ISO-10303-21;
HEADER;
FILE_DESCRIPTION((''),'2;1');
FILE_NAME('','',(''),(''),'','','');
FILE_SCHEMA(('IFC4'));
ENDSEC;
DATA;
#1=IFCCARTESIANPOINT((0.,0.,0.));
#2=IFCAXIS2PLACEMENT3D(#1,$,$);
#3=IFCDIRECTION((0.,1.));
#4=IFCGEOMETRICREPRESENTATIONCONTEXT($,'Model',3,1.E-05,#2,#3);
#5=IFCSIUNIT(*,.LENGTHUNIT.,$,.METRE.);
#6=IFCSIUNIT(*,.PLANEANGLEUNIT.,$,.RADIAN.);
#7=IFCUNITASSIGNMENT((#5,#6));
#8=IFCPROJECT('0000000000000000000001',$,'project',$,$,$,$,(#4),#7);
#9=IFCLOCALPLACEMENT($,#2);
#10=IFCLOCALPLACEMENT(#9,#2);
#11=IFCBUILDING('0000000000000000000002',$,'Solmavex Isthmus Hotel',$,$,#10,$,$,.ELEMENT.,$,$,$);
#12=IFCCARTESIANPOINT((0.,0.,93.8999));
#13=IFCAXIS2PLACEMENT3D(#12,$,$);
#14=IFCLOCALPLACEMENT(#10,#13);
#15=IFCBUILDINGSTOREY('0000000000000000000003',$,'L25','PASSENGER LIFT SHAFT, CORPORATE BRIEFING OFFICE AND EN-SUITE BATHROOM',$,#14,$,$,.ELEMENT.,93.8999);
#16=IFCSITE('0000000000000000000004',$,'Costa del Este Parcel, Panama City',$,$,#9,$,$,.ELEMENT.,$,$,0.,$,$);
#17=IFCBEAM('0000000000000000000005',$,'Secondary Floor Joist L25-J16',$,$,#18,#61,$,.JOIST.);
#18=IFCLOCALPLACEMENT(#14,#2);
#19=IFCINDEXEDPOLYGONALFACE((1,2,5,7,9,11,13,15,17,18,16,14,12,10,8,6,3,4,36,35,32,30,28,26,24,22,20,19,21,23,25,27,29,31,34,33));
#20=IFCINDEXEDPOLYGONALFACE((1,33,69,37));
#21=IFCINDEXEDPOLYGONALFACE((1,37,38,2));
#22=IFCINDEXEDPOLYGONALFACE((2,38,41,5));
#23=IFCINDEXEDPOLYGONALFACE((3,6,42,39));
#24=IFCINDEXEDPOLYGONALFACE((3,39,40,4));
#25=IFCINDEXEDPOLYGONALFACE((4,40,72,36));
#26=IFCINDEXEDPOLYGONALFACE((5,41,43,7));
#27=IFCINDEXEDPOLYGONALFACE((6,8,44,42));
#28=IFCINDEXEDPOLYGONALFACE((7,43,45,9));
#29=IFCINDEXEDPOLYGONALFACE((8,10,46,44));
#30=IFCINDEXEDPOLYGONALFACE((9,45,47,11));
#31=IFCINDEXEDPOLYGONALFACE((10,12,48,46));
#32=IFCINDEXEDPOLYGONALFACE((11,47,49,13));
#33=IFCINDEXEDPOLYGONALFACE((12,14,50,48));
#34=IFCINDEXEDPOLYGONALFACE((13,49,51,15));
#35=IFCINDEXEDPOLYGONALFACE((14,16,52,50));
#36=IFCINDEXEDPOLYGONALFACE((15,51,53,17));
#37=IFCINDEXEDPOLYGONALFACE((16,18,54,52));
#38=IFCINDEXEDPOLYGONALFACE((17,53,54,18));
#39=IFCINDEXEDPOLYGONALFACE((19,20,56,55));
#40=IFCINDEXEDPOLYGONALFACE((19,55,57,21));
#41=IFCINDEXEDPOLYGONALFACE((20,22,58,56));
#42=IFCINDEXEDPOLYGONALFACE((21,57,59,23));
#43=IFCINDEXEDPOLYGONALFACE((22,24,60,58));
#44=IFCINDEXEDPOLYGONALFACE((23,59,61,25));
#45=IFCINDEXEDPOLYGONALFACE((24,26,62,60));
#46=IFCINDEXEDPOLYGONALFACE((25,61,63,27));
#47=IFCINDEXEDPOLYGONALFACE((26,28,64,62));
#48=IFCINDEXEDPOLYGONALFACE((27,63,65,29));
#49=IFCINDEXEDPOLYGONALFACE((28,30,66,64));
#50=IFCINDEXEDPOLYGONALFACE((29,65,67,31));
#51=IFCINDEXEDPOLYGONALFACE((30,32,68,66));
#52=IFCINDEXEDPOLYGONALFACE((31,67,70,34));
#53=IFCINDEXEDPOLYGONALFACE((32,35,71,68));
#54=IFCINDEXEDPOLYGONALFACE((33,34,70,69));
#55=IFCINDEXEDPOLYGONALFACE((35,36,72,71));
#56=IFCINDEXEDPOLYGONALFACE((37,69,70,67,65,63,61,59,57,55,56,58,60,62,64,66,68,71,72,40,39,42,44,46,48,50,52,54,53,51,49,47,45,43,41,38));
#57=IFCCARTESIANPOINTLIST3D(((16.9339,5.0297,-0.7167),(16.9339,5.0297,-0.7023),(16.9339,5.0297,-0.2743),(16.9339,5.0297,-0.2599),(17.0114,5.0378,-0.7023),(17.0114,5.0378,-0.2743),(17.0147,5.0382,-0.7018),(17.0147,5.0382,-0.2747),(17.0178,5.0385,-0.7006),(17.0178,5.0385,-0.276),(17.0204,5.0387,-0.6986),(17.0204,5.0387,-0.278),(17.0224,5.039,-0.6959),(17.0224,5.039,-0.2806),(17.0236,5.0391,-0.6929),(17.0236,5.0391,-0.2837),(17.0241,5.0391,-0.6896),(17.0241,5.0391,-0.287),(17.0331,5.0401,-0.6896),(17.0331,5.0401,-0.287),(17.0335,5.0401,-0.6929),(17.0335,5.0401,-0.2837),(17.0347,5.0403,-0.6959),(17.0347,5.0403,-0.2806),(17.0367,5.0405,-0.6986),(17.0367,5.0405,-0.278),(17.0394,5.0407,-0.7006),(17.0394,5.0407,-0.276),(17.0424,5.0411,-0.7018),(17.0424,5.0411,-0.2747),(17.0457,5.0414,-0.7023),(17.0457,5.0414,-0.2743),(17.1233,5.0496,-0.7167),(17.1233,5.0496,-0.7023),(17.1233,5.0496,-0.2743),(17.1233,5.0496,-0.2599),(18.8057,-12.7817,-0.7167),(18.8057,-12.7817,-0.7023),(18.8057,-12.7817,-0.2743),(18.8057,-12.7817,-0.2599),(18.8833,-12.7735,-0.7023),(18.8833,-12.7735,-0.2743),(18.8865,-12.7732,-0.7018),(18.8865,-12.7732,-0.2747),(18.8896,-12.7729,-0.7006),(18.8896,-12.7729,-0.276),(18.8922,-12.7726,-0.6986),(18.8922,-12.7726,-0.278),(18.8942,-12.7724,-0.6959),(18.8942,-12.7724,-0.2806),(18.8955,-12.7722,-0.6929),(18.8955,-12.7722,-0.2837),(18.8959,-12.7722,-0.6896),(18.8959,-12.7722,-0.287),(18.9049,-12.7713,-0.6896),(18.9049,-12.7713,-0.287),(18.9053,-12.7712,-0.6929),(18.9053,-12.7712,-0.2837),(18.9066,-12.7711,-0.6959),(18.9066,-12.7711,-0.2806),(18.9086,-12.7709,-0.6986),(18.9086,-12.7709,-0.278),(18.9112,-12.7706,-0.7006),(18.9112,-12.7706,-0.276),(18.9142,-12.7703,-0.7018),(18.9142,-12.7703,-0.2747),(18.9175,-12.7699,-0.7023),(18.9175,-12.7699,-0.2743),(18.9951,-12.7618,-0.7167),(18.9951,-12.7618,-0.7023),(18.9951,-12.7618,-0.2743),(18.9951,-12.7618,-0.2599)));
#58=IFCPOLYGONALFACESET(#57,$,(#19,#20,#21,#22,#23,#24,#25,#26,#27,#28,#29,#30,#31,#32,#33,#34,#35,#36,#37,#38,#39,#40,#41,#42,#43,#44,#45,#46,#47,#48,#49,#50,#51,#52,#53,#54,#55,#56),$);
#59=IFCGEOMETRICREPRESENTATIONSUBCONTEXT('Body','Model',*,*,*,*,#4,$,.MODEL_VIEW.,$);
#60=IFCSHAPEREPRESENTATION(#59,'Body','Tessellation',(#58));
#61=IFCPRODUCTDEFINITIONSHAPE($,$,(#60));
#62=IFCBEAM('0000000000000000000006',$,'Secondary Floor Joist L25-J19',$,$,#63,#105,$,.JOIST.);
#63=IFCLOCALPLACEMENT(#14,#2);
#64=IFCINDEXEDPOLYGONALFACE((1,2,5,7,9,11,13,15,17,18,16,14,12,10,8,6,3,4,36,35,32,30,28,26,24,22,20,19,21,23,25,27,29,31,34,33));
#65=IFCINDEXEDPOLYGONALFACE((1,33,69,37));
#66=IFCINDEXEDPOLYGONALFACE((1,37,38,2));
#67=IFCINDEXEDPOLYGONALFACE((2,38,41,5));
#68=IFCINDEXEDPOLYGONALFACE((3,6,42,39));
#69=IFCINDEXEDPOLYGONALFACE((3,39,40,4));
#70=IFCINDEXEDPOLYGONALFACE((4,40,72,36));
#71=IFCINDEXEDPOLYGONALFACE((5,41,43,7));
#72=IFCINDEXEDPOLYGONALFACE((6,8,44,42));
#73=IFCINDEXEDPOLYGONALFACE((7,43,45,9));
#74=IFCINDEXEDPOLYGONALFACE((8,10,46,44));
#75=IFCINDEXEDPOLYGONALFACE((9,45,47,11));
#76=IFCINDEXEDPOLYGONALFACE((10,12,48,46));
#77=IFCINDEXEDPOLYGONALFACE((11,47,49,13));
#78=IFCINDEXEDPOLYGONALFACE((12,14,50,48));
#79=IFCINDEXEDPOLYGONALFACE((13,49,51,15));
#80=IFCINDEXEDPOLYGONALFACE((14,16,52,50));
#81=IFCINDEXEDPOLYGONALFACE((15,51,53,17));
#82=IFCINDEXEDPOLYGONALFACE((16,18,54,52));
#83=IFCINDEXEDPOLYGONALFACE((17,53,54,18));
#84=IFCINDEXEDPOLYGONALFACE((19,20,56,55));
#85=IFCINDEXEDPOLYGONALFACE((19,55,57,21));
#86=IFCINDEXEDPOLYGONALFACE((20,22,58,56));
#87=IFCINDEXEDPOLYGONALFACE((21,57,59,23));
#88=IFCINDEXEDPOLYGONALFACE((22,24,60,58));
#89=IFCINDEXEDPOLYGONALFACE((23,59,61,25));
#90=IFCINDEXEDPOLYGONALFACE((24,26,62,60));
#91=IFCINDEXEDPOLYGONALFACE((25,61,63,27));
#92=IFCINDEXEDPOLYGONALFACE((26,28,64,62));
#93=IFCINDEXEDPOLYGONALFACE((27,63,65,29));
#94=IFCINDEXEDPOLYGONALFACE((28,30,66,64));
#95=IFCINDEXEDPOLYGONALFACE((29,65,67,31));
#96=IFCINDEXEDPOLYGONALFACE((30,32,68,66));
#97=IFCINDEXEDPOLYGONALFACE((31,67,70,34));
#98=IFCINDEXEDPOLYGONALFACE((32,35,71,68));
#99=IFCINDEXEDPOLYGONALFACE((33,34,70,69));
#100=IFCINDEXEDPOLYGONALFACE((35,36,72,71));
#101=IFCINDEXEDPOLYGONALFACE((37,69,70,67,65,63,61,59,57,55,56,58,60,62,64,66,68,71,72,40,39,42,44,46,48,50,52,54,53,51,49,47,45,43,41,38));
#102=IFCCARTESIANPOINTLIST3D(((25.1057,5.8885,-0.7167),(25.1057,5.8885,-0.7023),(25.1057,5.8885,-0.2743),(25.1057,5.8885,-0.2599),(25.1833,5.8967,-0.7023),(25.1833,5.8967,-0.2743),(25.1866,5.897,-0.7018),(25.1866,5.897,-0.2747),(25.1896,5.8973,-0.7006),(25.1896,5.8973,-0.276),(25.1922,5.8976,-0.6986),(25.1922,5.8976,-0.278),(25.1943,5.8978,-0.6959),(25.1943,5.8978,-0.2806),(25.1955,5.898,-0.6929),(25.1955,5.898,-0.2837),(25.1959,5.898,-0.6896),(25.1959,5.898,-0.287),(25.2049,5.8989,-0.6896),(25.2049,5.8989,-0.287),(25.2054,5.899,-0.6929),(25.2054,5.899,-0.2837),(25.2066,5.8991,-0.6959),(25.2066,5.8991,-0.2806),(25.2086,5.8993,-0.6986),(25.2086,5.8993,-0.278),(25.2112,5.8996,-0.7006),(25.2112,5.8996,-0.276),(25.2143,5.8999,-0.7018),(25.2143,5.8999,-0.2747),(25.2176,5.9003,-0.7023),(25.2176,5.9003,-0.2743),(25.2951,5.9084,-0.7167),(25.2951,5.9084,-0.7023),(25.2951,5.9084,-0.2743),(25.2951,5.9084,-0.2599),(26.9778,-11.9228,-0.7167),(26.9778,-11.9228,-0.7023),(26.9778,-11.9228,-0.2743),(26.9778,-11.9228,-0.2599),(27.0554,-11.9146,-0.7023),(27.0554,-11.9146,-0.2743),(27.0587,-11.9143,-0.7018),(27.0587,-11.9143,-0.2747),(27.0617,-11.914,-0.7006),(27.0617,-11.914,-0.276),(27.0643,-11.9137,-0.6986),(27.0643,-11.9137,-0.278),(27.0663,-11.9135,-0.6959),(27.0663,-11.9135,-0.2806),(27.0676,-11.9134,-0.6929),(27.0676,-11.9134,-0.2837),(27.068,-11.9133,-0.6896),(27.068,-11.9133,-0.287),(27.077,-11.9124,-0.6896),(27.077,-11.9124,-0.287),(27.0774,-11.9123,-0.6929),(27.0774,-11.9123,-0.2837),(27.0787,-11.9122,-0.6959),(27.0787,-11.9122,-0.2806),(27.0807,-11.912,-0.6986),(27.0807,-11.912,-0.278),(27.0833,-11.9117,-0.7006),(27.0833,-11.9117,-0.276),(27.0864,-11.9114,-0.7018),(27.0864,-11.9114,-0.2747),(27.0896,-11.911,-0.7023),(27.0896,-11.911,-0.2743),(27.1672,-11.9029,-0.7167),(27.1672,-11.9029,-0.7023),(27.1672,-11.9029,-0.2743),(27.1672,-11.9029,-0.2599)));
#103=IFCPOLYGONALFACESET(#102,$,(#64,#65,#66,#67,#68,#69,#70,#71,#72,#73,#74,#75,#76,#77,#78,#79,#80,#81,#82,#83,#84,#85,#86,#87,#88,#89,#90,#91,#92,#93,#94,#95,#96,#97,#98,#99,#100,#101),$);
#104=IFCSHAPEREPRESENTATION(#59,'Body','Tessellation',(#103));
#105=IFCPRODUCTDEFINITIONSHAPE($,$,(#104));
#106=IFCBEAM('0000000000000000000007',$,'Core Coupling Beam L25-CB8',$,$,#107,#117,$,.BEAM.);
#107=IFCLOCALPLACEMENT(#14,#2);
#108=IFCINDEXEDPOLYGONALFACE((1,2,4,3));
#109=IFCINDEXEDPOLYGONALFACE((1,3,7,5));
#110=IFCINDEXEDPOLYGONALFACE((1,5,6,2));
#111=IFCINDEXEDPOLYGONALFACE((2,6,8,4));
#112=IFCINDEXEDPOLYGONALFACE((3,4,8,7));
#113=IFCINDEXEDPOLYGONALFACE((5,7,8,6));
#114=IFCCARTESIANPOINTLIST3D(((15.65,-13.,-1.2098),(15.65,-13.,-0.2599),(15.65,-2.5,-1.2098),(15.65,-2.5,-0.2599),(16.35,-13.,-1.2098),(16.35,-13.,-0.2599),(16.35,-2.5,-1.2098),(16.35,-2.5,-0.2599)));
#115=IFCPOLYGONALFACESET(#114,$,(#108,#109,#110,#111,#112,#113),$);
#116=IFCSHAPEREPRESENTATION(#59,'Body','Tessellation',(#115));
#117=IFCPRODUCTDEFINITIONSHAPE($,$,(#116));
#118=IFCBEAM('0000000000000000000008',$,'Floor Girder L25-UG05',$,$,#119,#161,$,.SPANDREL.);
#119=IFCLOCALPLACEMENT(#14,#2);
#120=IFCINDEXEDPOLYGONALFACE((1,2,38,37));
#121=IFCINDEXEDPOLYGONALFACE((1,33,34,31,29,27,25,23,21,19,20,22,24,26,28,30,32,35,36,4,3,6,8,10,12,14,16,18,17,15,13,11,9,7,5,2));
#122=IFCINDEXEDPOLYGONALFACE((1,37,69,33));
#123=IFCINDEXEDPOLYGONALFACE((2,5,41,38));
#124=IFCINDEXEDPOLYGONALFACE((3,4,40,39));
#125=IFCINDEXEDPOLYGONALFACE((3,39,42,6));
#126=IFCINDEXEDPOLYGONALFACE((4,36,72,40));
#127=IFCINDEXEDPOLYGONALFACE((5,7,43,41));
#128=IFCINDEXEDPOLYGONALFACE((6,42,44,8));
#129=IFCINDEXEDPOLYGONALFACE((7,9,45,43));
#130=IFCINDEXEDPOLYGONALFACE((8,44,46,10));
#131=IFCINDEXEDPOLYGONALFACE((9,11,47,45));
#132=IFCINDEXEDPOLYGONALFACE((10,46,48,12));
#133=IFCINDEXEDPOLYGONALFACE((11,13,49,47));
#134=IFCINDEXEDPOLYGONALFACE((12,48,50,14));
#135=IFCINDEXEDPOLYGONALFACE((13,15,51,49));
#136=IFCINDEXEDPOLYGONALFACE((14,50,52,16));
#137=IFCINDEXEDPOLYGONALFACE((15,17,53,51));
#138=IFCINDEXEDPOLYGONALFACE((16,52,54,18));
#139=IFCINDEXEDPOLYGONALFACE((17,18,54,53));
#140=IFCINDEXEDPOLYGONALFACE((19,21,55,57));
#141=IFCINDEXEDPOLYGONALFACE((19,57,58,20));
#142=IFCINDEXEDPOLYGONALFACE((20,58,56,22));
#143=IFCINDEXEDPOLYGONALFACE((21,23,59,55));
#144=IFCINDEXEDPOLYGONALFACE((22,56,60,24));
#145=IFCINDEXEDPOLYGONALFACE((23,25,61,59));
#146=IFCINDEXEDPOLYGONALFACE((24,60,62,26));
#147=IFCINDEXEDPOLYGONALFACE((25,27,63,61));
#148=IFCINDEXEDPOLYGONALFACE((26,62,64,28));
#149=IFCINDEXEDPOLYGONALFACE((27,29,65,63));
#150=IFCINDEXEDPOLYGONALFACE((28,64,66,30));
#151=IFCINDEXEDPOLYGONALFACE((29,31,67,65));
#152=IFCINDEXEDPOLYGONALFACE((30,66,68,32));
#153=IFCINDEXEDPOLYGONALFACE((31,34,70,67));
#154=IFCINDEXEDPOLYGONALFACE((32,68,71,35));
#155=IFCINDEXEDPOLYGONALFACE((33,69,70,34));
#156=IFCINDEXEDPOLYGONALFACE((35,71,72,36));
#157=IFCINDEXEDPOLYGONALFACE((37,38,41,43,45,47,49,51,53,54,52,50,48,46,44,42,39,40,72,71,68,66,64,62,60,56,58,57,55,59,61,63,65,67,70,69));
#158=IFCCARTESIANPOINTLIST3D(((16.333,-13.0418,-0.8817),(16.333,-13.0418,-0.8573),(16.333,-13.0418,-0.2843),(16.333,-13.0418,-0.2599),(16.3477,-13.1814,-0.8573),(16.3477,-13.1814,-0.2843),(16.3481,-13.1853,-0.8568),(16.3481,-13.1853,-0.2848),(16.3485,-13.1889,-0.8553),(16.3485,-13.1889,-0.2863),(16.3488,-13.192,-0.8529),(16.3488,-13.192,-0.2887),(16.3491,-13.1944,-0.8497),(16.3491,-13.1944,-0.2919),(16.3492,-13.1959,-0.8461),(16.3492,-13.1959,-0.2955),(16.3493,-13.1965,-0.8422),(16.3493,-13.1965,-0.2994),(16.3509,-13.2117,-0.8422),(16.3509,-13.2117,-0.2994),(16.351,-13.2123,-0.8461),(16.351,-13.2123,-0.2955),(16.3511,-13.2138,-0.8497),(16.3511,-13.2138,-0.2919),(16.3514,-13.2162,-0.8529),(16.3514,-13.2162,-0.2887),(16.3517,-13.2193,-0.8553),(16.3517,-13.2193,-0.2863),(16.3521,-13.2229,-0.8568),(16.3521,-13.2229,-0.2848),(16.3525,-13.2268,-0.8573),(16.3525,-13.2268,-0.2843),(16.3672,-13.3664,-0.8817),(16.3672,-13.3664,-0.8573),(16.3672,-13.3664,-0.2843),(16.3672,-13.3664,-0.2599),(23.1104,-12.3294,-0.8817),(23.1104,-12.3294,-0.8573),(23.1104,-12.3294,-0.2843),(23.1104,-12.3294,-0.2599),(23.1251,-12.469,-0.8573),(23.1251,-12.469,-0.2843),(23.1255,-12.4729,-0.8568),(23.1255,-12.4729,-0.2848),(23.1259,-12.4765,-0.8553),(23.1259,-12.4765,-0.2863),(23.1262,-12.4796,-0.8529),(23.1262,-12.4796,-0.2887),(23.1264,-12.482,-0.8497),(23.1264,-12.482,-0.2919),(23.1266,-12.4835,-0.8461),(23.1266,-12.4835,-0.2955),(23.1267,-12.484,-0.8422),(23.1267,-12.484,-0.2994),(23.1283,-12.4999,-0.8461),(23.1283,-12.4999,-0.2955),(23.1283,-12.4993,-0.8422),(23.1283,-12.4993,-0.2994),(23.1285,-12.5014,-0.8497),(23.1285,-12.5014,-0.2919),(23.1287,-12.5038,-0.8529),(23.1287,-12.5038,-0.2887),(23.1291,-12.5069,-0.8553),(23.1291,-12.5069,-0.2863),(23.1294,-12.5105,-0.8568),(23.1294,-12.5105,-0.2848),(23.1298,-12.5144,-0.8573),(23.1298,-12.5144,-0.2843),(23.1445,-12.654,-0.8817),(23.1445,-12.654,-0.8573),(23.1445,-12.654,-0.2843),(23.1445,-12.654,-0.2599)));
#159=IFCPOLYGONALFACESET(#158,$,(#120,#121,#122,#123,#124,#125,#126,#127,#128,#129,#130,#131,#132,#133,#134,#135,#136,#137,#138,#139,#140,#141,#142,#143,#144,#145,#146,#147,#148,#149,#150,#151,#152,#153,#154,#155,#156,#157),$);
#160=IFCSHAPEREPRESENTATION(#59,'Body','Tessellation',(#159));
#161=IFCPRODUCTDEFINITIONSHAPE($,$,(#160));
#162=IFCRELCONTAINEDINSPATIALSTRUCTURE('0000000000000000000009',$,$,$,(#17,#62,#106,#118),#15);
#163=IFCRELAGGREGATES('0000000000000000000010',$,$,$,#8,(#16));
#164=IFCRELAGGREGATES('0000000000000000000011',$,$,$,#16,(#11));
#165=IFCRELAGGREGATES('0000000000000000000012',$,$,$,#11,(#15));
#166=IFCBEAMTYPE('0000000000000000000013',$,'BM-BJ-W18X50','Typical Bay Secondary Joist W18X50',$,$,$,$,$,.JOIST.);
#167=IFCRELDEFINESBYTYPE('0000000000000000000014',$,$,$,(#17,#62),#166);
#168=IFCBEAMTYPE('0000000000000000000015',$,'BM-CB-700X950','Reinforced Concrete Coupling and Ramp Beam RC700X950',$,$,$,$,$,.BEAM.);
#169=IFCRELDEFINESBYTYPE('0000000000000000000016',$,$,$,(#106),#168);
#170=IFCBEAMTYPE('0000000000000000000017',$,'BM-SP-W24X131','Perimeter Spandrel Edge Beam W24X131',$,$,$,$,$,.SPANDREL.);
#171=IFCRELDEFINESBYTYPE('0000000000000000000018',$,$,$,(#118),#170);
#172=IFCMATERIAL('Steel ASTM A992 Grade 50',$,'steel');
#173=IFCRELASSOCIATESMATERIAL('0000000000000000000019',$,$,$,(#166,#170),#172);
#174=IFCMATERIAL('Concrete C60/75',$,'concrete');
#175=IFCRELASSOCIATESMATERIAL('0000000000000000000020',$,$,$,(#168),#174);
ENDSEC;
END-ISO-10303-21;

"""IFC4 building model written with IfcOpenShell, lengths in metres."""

from ifc_helpers import new_model, si_unit, direction, frame, origin, origin_2d, place, context, subcontext, project, spatial, rectangle, i_section, extrude, material, material_profile, profile_set, type_object, element, save


model = new_model("IFC4")

# Units and contexts
model_context = context("Model", 3, precision=1e-05, world=origin(), true_north=direction((0.0, 1.0)))
body_context = subcontext(model_context, "Body", "Model", "MODEL_VIEW")
ifc_project = project(units=[si_unit("LENGTHUNIT", "METRE"), si_unit("PLANEANGLEUNIT", "RADIAN")], contexts=[model_context])

# Site, building, storey
site_placement = place(None, origin())
site = spatial("IfcSite", under=ifc_project, at=site_placement, Name="Costa del Este Parcel, Panama City", CompositionType="ELEMENT", RefElevation=0.0)
building_placement = place(site_placement, origin())
building = spatial("IfcBuilding", under=site, at=building_placement, Name="Solmavex Isthmus Hotel", CompositionType="ELEMENT")
storey_placement = place(building_placement, frame((0.0, 0.0, 93.8999)))
storey = spatial("IfcBuildingStorey", under=building, at=storey_placement, Name="L25", Description="PASSENGER LIFT SHAFT, CORPORATE BRIEFING OFFICE AND EN-SUITE BATHROOM", CompositionType="ELEMENT", Elevation=93.8999)

# Shared definitions
ifc_material_1 = material(Name="Concrete C60/75", Category="concrete")

# Beams
ifc_material_2 = material(Name="Steel ASTM A992 Grade 50", Category="steel")
ifc_material_profile_1 = material_profile(ifc_material_2, i_section(OverallWidth=0.1904, OverallDepth=0.4568, WebThickness=0.009, FlangeThickness=0.0144, FilletRadius=0.0127, at=origin_2d()), Name="W18X50")
ifc_profile_set_1 = profile_set([ifc_material_profile_1], Name="Steel ASTM A992 Grade 50")
beam_type_1 = type_object("IfcBeamType", Name="BM-BJ-W18X50", Description="Typical Bay Secondary Joist W18X50", PredefinedType="JOIST", material=ifc_profile_set_1)
for number, where, z_axis, x_axis, name in (
    (1, (18.9004, -12.7717, -0.4883), (-0.104517, 0.994523, 0.0), (-0.994523, -0.104517, 0.0), "Secondary Floor Joist L25-J16"),
    (2, (27.0725, -11.9128, -0.4883), (-0.10453, 0.994522, 0.0), (-0.994522, -0.10453, 0.0), "Secondary Floor Joist L25-J19"),
):
    element("IfcBeam", number, at=place(storey_placement, frame(where, z_axis=z_axis, x_axis=x_axis)), inside=storey, type_object=beam_type_1, Name=name, PredefinedType="JOIST", context=body_context, shape_type="SweptSolid", body=[
        extrude(i_section(OverallWidth=0.1904, OverallDepth=0.4568, WebThickness=0.009, FlangeThickness=0.0144, FilletRadius=0.0127, at=origin_2d()), origin(), (0.0, 0.0, 1.0), 17.9094),
    ])
ifc_material_profile_2 = material_profile(ifc_material_1, rectangle(XDim=0.7, YDim=0.95, at=origin_2d()), Name="RC700X950")
ifc_profile_set_2 = profile_set([ifc_material_profile_2], Name="Concrete C60/75")
beam_type_2 = type_object("IfcBeamType", Name="BM-CB-700X950", Description="Reinforced Concrete Coupling and Ramp Beam RC700X950", PredefinedType="BEAM", material=ifc_profile_set_2)
beam_1_placement = place(storey_placement, frame((16.0, -13.0, -0.7349), z_axis=(0.0, 1.0, 0.0), x_axis=(-1.0, 0.0, 0.0)))
element("IfcBeam", 3, at=beam_1_placement, inside=storey, type_object=beam_type_2, Name="Core Coupling Beam L25-CB8", PredefinedType="BEAM", context=body_context, shape_type="SweptSolid", body=[
    extrude(rectangle(XDim=0.7, YDim=0.95, at=origin_2d()), origin(), (0.0, 0.0, 1.0), 10.5),
])
ifc_material_profile_3 = material_profile(ifc_material_2, i_section(OverallWidth=0.3264, OverallDepth=0.6218, WebThickness=0.0154, FlangeThickness=0.0244, FilletRadius=0.0151, at=origin_2d()), Name="W24X131")
ifc_profile_set_3 = profile_set([ifc_material_profile_3], Name="Steel ASTM A992 Grade 50")
beam_type_3 = type_object("IfcBeamType", Name="BM-SP-W24X131", Description="Perimeter Spandrel Edge Beam W24X131", PredefinedType="SPANDREL", material=ifc_profile_set_3)
beam_2_placement = place(storey_placement, frame((16.3501, -13.2041, -0.5708), z_axis=(0.994521, 0.104539, 0.0), x_axis=(-0.104539, 0.994521, 0.0)))
element("IfcBeam", 4, at=beam_2_placement, inside=storey, type_object=beam_type_3, Name="Floor Girder L25-UG05", PredefinedType="SPANDREL", context=body_context, shape_type="SweptSolid", body=[
    extrude(i_section(OverallWidth=0.3264, OverallDepth=0.6218, WebThickness=0.0154, FlangeThickness=0.0244, FilletRadius=0.0151, at=origin_2d()), origin(), (0.0, 0.0, 1.0), 6.8147),
])

save(model, "model.ifc")
